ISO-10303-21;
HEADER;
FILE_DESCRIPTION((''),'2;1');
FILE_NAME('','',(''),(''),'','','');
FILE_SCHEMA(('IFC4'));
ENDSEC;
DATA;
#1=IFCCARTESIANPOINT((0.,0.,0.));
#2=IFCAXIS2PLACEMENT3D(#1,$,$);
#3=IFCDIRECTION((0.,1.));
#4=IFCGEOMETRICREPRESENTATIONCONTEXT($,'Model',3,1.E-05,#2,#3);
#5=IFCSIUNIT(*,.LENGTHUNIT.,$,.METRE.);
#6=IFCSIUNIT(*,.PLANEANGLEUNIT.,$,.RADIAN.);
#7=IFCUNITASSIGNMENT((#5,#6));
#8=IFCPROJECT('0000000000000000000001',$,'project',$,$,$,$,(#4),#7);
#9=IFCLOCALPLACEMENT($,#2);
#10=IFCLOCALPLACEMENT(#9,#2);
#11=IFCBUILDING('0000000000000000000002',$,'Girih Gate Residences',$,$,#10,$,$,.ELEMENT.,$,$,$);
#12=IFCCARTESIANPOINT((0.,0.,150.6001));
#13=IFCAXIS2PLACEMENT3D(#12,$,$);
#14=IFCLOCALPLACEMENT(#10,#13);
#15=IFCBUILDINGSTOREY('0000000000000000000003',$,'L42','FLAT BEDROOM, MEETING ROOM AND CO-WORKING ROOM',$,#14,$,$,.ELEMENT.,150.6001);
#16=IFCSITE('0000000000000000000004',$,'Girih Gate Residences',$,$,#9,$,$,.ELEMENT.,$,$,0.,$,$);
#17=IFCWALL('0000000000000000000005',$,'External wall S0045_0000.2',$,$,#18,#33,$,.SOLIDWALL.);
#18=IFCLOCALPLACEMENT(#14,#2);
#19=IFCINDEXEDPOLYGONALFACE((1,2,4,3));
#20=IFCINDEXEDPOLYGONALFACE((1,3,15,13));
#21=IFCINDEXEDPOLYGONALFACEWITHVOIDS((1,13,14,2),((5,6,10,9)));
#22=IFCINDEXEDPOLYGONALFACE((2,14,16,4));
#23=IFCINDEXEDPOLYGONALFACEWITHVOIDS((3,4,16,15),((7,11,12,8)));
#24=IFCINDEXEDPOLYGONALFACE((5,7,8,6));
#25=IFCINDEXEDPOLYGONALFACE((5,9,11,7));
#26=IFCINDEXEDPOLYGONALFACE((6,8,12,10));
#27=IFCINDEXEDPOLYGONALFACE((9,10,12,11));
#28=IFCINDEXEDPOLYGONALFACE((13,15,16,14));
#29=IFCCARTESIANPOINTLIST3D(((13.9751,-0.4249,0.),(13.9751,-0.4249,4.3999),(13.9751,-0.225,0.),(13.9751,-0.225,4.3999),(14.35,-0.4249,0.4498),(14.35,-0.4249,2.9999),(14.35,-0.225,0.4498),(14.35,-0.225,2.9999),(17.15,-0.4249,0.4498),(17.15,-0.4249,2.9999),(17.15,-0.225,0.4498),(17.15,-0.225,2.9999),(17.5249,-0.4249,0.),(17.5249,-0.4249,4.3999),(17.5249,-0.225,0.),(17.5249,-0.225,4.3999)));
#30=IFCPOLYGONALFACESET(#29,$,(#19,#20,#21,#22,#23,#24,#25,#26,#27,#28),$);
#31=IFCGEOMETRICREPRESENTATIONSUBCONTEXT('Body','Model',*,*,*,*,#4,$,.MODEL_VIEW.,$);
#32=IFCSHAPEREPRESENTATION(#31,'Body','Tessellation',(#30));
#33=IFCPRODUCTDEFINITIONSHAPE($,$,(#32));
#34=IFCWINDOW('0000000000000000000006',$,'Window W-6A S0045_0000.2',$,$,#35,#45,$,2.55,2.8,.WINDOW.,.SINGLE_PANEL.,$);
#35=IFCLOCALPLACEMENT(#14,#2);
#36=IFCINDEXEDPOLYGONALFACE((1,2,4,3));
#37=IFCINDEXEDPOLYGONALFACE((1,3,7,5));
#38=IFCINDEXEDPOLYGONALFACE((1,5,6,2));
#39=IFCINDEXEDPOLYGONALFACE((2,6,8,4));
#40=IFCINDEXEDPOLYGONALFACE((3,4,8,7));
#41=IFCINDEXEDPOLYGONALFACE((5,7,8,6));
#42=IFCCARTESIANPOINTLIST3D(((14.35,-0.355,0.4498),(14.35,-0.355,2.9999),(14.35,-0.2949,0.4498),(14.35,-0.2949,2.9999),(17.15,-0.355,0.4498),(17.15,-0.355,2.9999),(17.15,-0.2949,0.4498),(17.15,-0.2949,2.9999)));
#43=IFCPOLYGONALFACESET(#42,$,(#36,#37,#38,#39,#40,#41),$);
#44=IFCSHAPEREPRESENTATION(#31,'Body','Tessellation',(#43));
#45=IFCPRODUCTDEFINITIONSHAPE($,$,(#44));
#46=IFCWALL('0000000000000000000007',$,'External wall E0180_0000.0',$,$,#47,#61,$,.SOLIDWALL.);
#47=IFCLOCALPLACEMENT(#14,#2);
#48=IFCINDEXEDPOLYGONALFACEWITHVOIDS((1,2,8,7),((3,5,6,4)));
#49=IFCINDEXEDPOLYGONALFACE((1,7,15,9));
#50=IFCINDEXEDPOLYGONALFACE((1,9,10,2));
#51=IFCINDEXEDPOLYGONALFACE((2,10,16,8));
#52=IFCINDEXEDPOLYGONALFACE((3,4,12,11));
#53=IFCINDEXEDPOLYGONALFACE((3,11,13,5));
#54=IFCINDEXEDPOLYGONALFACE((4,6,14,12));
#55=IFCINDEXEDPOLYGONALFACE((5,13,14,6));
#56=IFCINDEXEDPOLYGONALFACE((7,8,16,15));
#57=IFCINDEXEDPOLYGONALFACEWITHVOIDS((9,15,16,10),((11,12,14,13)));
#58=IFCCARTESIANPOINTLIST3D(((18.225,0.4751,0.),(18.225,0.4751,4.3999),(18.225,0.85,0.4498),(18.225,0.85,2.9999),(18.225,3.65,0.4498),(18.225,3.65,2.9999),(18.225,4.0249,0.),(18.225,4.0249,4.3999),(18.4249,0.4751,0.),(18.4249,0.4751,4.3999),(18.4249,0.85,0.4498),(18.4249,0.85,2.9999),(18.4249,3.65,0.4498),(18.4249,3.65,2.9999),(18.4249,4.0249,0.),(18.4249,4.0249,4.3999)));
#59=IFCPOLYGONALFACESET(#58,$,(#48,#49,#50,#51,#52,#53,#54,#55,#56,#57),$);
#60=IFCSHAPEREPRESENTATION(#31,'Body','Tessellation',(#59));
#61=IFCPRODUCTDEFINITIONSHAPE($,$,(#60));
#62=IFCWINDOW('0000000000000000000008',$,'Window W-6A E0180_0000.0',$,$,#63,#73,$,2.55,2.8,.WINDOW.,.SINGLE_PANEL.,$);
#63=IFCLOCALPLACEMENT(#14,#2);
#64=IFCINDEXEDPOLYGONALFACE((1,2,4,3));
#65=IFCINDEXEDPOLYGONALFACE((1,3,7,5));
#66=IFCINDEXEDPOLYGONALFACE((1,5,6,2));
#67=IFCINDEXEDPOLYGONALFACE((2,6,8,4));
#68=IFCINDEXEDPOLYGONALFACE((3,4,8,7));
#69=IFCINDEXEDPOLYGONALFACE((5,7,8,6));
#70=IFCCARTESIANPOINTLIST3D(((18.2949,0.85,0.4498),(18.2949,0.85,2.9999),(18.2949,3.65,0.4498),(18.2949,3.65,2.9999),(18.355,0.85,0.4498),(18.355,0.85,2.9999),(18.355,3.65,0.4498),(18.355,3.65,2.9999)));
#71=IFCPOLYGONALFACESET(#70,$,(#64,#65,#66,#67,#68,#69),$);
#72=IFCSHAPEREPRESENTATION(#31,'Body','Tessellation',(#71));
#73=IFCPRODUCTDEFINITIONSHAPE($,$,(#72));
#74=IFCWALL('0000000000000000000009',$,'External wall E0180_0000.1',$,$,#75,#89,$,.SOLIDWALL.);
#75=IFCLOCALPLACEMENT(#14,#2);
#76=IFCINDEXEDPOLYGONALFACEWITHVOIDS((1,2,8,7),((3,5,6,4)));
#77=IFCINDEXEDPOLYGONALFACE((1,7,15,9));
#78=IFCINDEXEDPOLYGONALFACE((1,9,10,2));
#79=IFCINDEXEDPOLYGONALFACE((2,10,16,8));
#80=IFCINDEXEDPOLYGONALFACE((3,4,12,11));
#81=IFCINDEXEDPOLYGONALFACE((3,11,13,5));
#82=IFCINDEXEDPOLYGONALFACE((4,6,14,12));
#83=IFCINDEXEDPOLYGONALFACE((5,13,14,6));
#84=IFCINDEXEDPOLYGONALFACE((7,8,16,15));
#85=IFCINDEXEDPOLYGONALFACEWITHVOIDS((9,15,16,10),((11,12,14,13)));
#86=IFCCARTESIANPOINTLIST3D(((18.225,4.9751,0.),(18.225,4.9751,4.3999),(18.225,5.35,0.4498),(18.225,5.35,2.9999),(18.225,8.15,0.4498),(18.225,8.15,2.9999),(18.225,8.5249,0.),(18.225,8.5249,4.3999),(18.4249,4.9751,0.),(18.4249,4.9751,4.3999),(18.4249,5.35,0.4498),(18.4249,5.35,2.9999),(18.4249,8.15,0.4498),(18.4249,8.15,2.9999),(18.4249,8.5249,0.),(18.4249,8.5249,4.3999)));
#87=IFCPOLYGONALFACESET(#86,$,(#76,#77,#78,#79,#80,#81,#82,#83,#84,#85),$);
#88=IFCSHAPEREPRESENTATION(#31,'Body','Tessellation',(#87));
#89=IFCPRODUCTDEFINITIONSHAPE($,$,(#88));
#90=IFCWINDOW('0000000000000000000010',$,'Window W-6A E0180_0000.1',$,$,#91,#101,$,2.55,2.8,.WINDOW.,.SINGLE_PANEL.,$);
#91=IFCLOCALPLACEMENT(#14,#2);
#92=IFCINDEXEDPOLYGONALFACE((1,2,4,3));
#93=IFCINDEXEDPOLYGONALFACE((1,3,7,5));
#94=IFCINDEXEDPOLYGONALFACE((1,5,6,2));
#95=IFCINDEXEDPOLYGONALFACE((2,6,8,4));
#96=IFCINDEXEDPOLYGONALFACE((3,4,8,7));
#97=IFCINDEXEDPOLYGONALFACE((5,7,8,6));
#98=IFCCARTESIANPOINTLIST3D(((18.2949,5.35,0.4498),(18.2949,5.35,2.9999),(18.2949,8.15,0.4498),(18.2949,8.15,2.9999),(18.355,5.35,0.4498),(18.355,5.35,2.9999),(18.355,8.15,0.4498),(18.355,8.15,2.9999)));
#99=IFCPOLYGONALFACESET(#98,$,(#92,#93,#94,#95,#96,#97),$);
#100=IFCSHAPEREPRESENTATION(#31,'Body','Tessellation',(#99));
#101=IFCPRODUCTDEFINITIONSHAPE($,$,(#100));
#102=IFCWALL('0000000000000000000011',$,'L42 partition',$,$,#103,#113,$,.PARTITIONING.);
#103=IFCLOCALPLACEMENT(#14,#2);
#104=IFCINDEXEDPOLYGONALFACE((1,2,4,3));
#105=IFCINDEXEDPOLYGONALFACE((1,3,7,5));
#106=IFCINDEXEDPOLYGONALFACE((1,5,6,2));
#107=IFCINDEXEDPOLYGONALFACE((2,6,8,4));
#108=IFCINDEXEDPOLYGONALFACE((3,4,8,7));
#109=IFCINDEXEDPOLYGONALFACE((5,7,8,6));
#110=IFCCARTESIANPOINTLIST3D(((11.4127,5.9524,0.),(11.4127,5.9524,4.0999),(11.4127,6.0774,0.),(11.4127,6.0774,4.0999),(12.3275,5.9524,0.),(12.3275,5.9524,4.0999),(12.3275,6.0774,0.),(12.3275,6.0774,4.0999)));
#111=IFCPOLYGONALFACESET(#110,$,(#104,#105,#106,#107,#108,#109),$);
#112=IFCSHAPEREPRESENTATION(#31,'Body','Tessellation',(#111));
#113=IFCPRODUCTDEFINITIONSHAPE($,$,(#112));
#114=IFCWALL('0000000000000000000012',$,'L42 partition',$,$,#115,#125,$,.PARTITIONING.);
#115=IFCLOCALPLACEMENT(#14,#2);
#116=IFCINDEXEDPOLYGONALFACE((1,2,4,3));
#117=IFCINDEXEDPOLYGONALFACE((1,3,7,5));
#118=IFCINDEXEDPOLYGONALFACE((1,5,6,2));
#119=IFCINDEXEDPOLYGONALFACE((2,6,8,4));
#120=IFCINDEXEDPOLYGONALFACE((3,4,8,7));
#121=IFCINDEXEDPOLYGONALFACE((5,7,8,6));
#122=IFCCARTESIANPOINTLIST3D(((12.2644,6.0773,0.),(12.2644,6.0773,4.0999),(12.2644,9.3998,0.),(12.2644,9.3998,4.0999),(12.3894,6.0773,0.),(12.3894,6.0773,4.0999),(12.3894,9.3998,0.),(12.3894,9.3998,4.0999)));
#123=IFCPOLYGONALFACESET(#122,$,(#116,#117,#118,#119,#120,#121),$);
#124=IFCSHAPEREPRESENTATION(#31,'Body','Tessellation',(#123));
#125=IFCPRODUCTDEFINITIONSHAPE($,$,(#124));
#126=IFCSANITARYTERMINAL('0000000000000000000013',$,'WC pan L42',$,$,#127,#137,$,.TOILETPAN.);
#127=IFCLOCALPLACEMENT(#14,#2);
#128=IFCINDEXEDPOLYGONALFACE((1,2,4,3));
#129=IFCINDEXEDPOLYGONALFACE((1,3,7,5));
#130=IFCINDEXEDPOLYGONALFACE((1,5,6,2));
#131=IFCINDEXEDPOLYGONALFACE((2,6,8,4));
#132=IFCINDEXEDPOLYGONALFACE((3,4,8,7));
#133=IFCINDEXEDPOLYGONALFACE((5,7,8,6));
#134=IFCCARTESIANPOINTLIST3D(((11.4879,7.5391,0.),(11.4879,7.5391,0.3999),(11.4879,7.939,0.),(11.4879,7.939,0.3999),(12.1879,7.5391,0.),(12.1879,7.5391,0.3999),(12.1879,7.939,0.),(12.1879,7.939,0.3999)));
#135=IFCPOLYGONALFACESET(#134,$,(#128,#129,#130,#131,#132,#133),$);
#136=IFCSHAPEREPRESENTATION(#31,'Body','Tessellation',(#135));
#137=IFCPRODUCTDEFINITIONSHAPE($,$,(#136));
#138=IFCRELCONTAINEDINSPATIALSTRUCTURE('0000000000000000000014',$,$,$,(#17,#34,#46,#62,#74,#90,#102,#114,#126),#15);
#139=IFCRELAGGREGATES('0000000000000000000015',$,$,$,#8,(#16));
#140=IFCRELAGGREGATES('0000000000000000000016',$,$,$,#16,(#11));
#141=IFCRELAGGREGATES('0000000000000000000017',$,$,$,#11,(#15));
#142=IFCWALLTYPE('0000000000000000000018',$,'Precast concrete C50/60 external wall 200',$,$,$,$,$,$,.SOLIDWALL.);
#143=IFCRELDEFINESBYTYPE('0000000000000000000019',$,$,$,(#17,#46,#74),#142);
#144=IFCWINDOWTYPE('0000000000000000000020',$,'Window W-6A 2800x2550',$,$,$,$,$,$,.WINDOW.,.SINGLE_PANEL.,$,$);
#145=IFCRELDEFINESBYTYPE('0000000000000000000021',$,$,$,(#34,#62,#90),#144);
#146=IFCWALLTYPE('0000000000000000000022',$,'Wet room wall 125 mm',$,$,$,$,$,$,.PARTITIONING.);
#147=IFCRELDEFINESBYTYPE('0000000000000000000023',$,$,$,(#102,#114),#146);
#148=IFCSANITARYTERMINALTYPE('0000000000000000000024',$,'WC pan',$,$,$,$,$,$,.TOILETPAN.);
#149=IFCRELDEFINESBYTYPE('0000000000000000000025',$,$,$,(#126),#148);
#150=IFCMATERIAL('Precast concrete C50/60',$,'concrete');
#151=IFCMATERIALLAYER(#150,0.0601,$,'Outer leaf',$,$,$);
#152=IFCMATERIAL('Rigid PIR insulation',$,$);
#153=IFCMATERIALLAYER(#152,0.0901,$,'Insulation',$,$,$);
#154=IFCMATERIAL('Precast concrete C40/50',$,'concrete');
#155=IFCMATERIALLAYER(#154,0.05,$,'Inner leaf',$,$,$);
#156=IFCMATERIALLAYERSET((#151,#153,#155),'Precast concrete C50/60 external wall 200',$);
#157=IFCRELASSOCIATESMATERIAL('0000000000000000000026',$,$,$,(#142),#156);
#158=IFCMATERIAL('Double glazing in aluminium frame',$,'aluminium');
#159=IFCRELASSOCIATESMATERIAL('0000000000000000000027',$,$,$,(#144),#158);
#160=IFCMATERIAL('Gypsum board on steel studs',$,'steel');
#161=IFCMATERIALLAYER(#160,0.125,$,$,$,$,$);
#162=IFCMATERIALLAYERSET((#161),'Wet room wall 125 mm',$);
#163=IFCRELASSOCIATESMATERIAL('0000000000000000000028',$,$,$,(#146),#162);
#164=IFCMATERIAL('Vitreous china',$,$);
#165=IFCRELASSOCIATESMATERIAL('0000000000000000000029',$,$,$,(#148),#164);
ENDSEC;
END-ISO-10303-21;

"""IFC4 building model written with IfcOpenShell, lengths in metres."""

from ifc_helpers import new_model, si_unit, direction, frame, frame_2d, origin, origin_2d, place, context, subcontext, project, spatial, rectangle, extrude, material, layer, layer_set, type_object, element, fill, save


model = new_model("IFC4")

# Units and contexts
model_context = context("Model", 3, precision=1e-05, world=origin(), true_north=direction((0.0, 1.0)))
body_context = subcontext(model_context, "Body", "Model", "MODEL_VIEW")
ifc_project = project(units=[si_unit("LENGTHUNIT", "METRE"), si_unit("PLANEANGLEUNIT", "RADIAN")], contexts=[model_context])

# Site, building, storey
site_placement = place(None, origin())
site = spatial("IfcSite", under=ifc_project, at=site_placement, Name="Girih Gate Residences", CompositionType="ELEMENT", RefElevation=0.0)
building_placement = place(site_placement, origin())
building = spatial("IfcBuilding", under=site, at=building_placement, Name="Girih Gate Residences", CompositionType="ELEMENT")
storey_placement = place(building_placement, frame((0.0, 0.0, 150.6001)))
storey = spatial("IfcBuildingStorey", under=building, at=storey_placement, Name="L42", Description="FLAT BEDROOM, MEETING ROOM AND CO-WORKING ROOM", CompositionType="ELEMENT", Elevation=150.6001)

# Shared definitions
ifc_material_1 = material(Name="Gypsum board on steel studs", Category="steel")

# Walls, openings, windows
ifc_material_2 = material(Name="Precast concrete C50/60", Category="concrete")
ifc_layer_1 = layer(ifc_material_2, 0.0601, Name="Outer leaf")
ifc_material_3 = material(Name="Rigid PIR insulation")
ifc_layer_2 = layer(ifc_material_3, 0.0901, Name="Insulation")
ifc_material_4 = material(Name="Precast concrete C40/50", Category="concrete")
ifc_layer_3 = layer(ifc_material_4, 0.05, Name="Inner leaf")
ifc_layer_set_1 = layer_set([ifc_layer_1, ifc_layer_2, ifc_layer_3], Name="Precast concrete C50/60 external wall 200")
wall_type_1 = type_object("IfcWallType", Name="Precast concrete C50/60 external wall 200", PredefinedType="SOLIDWALL", material=ifc_layer_set_1)
ifc_material_5 = material(Name="Double glazing in aluminium frame", Category="aluminium")
window_type = type_object("IfcWindowType", Name="Window W-6A 2800x2550", PartitioningType="SINGLE_PANEL", PredefinedType="WINDOW", material=ifc_material_5)
wall_1_placement = place(storey_placement, frame((17.5249, -0.325, 0.0), z_axis=(0.0, 0.0, 1.0), x_axis=(-1.0, 0.0, 0.0)))
wall_1 = element("IfcWall", 1, at=wall_1_placement, inside=storey, type_object=wall_type_1, Name="External wall S0045_0000.2", PredefinedType="SOLIDWALL", context=body_context, shape_type="SweptSolid", body=[
    extrude(rectangle(XDim=3.5498, YDim=0.2, at=frame_2d((1.7749, 0.0))), origin(), (0.0, 0.0, 1.0), 4.3999),
])
opening_1_placement = place(wall_1_placement, frame((0.375, 0.0, 0.45)))
opening_1 = element("IfcOpeningElement", 2, at=opening_1_placement, cuts=wall_1, PredefinedType="OPENING", context=body_context, shape_type="SweptSolid", body=[
    extrude(rectangle(XDim=2.8, YDim=2.55, at=frame_2d((1.3999, 1.2749))), frame((0.0, 0.1099, 0.0), z_axis=(0.0, -1.0, 0.0), x_axis=(1.0, 0.0, 0.0)), (0.0, 0.0, 1.0), 0.22),
])
window_1_placement = place(opening_1_placement, origin())
window_1 = element("IfcWindow", 3, at=window_1_placement, inside=storey, type_object=window_type, Name="Window W-6A S0045_0000.2", OverallHeight=2.55, OverallWidth=2.8, PartitioningType="SINGLE_PANEL", PredefinedType="WINDOW", context=body_context, shape_type="SweptSolid", body=[
    extrude(rectangle(XDim=2.8, YDim=2.55, at=frame_2d((1.3999, 1.2749))), frame((0.0, 0.03, 0.0), z_axis=(0.0, -1.0, 0.0), x_axis=(1.0, 0.0, 0.0)), (0.0, 0.0, 1.0), 0.0601),
])
fill(opening_1, window_1)
wall_2_placement = place(storey_placement, frame((18.325, 4.0249, 0.0), z_axis=(0.0, 0.0, 1.0), x_axis=(0.0, -1.0, 0.0)))
wall_2 = element("IfcWall", 4, at=wall_2_placement, inside=storey, type_object=wall_type_1, Name="External wall E0180_0000.0", PredefinedType="SOLIDWALL", context=body_context, shape_type="SweptSolid", body=[
    extrude(rectangle(XDim=3.5498, YDim=0.2, at=frame_2d((1.7749, 0.0))), origin(), (0.0, 0.0, 1.0), 4.3999),
])
opening_2_placement = place(wall_2_placement, frame((0.375, 0.0, 0.45)))
opening_2 = element("IfcOpeningElement", 5, at=opening_2_placement, cuts=wall_2, PredefinedType="OPENING", context=body_context, shape_type="SweptSolid", body=[
    extrude(rectangle(XDim=2.8, YDim=2.55, at=frame_2d((1.3999, 1.2749))), frame((0.0, 0.1099, 0.0), z_axis=(0.0, -1.0, 0.0), x_axis=(1.0, 0.0, 0.0)), (0.0, 0.0, 1.0), 0.22),
])
window_2_placement = place(opening_2_placement, origin())
window_2 = element("IfcWindow", 6, at=window_2_placement, inside=storey, type_object=window_type, Name="Window W-6A E0180_0000.0", OverallHeight=2.55, OverallWidth=2.8, PartitioningType="SINGLE_PANEL", PredefinedType="WINDOW", context=body_context, shape_type="SweptSolid", body=[
    extrude(rectangle(XDim=2.8, YDim=2.55, at=frame_2d((1.3999, 1.2749))), frame((0.0, 0.03, 0.0), z_axis=(0.0, -1.0, 0.0), x_axis=(1.0, 0.0, 0.0)), (0.0, 0.0, 1.0), 0.0601),
])
fill(opening_2, window_2)
wall_3_placement = place(storey_placement, frame((18.325, 8.5249, 0.0), z_axis=(0.0, 0.0, 1.0), x_axis=(0.0, -1.0, 0.0)))
wall_3 = element("IfcWall", 7, at=wall_3_placement, inside=storey, type_object=wall_type_1, Name="External wall E0180_0000.1", PredefinedType="SOLIDWALL", context=body_context, shape_type="SweptSolid", body=[
    extrude(rectangle(XDim=3.5498, YDim=0.2, at=frame_2d((1.7749, 0.0))), origin(), (0.0, 0.0, 1.0), 4.3999),
])
opening_3_placement = place(wall_3_placement, frame((0.375, 0.0, 0.45)))
opening_3 = element("IfcOpeningElement", 8, at=opening_3_placement, cuts=wall_3, PredefinedType="OPENING", context=body_context, shape_type="SweptSolid", body=[
    extrude(rectangle(XDim=2.8, YDim=2.55, at=frame_2d((1.3999, 1.2749))), frame((0.0, 0.1099, 0.0), z_axis=(0.0, -1.0, 0.0), x_axis=(1.0, 0.0, 0.0)), (0.0, 0.0, 1.0), 0.22),
])
window_3_placement = place(opening_3_placement, origin())
window_3 = element("IfcWindow", 9, at=window_3_placement, inside=storey, type_object=window_type, Name="Window W-6A E0180_0000.1", OverallHeight=2.55, OverallWidth=2.8, PartitioningType="SINGLE_PANEL", PredefinedType="WINDOW", context=body_context, shape_type="SweptSolid", body=[
    extrude(rectangle(XDim=2.8, YDim=2.55, at=frame_2d((1.3999, 1.2749))), frame((0.0, 0.03, 0.0), z_axis=(0.0, -1.0, 0.0), x_axis=(1.0, 0.0, 0.0)), (0.0, 0.0, 1.0), 0.0601),
])
fill(opening_3, window_3)

# Walls
ifc_layer_4 = layer(ifc_material_1, 0.125)
ifc_layer_set_2 = layer_set([ifc_layer_4], Name="Wet room wall 125 mm")
wall_type_2 = type_object("IfcWallType", Name="Wet room wall 125 mm", PredefinedType="PARTITIONING", material=ifc_layer_set_2)
wall_4_placement = place(storey_placement, frame((11.4126, 6.0149, 0.0), z_axis=(0.0, 0.0, 1.0), x_axis=(1.0, 0.0, 0.0)))
element("IfcWall", 10, at=wall_4_placement, inside=storey, type_object=wall_type_2, Name="L42 partition", PredefinedType="PARTITIONING", context=body_context, shape_type="SweptSolid", body=[
    extrude(rectangle(XDim=0.9148, YDim=0.125, at=frame_2d((0.4575, 0.0))), origin(), (0.0, 0.0, 1.0), 4.0999),
])
wall_5_placement = place(storey_placement, frame((12.3269, 6.0774, 0.0), z_axis=(0.0, 0.0, 1.0), x_axis=(0.0, 1.0, 0.0)))
element("IfcWall", 11, at=wall_5_placement, inside=storey, type_object=wall_type_2, Name="L42 partition", PredefinedType="PARTITIONING", context=body_context, shape_type="SweptSolid", body=[
    extrude(rectangle(XDim=3.3225, YDim=0.125, at=frame_2d((1.6611, 0.0))), origin(), (0.0, 0.0, 1.0), 4.0999),
])

# Sanitary terminal
ifc_material_6 = material(Name="Vitreous china")
sanitary_terminal_type = type_object("IfcSanitaryTerminalType", Name="WC pan", PredefinedType="TOILETPAN", material=ifc_material_6)
sanitary_terminal_placement = place(storey_placement, frame((11.8379, 7.739, 0.0), z_axis=(0.0, 0.0, 1.0), x_axis=(1.0, 0.0, 0.0)))
element("IfcSanitaryTerminal", 12, at=sanitary_terminal_placement, inside=storey, type_object=sanitary_terminal_type, Name="WC pan L42", PredefinedType="TOILETPAN", context=body_context, shape_type="SweptSolid", body=[
    extrude(rectangle(XDim=0.7, YDim=0.3999, at=origin_2d()), origin(), (0.0, 0.0, 1.0), 0.3999),
])

save(model, "model.ifc")
